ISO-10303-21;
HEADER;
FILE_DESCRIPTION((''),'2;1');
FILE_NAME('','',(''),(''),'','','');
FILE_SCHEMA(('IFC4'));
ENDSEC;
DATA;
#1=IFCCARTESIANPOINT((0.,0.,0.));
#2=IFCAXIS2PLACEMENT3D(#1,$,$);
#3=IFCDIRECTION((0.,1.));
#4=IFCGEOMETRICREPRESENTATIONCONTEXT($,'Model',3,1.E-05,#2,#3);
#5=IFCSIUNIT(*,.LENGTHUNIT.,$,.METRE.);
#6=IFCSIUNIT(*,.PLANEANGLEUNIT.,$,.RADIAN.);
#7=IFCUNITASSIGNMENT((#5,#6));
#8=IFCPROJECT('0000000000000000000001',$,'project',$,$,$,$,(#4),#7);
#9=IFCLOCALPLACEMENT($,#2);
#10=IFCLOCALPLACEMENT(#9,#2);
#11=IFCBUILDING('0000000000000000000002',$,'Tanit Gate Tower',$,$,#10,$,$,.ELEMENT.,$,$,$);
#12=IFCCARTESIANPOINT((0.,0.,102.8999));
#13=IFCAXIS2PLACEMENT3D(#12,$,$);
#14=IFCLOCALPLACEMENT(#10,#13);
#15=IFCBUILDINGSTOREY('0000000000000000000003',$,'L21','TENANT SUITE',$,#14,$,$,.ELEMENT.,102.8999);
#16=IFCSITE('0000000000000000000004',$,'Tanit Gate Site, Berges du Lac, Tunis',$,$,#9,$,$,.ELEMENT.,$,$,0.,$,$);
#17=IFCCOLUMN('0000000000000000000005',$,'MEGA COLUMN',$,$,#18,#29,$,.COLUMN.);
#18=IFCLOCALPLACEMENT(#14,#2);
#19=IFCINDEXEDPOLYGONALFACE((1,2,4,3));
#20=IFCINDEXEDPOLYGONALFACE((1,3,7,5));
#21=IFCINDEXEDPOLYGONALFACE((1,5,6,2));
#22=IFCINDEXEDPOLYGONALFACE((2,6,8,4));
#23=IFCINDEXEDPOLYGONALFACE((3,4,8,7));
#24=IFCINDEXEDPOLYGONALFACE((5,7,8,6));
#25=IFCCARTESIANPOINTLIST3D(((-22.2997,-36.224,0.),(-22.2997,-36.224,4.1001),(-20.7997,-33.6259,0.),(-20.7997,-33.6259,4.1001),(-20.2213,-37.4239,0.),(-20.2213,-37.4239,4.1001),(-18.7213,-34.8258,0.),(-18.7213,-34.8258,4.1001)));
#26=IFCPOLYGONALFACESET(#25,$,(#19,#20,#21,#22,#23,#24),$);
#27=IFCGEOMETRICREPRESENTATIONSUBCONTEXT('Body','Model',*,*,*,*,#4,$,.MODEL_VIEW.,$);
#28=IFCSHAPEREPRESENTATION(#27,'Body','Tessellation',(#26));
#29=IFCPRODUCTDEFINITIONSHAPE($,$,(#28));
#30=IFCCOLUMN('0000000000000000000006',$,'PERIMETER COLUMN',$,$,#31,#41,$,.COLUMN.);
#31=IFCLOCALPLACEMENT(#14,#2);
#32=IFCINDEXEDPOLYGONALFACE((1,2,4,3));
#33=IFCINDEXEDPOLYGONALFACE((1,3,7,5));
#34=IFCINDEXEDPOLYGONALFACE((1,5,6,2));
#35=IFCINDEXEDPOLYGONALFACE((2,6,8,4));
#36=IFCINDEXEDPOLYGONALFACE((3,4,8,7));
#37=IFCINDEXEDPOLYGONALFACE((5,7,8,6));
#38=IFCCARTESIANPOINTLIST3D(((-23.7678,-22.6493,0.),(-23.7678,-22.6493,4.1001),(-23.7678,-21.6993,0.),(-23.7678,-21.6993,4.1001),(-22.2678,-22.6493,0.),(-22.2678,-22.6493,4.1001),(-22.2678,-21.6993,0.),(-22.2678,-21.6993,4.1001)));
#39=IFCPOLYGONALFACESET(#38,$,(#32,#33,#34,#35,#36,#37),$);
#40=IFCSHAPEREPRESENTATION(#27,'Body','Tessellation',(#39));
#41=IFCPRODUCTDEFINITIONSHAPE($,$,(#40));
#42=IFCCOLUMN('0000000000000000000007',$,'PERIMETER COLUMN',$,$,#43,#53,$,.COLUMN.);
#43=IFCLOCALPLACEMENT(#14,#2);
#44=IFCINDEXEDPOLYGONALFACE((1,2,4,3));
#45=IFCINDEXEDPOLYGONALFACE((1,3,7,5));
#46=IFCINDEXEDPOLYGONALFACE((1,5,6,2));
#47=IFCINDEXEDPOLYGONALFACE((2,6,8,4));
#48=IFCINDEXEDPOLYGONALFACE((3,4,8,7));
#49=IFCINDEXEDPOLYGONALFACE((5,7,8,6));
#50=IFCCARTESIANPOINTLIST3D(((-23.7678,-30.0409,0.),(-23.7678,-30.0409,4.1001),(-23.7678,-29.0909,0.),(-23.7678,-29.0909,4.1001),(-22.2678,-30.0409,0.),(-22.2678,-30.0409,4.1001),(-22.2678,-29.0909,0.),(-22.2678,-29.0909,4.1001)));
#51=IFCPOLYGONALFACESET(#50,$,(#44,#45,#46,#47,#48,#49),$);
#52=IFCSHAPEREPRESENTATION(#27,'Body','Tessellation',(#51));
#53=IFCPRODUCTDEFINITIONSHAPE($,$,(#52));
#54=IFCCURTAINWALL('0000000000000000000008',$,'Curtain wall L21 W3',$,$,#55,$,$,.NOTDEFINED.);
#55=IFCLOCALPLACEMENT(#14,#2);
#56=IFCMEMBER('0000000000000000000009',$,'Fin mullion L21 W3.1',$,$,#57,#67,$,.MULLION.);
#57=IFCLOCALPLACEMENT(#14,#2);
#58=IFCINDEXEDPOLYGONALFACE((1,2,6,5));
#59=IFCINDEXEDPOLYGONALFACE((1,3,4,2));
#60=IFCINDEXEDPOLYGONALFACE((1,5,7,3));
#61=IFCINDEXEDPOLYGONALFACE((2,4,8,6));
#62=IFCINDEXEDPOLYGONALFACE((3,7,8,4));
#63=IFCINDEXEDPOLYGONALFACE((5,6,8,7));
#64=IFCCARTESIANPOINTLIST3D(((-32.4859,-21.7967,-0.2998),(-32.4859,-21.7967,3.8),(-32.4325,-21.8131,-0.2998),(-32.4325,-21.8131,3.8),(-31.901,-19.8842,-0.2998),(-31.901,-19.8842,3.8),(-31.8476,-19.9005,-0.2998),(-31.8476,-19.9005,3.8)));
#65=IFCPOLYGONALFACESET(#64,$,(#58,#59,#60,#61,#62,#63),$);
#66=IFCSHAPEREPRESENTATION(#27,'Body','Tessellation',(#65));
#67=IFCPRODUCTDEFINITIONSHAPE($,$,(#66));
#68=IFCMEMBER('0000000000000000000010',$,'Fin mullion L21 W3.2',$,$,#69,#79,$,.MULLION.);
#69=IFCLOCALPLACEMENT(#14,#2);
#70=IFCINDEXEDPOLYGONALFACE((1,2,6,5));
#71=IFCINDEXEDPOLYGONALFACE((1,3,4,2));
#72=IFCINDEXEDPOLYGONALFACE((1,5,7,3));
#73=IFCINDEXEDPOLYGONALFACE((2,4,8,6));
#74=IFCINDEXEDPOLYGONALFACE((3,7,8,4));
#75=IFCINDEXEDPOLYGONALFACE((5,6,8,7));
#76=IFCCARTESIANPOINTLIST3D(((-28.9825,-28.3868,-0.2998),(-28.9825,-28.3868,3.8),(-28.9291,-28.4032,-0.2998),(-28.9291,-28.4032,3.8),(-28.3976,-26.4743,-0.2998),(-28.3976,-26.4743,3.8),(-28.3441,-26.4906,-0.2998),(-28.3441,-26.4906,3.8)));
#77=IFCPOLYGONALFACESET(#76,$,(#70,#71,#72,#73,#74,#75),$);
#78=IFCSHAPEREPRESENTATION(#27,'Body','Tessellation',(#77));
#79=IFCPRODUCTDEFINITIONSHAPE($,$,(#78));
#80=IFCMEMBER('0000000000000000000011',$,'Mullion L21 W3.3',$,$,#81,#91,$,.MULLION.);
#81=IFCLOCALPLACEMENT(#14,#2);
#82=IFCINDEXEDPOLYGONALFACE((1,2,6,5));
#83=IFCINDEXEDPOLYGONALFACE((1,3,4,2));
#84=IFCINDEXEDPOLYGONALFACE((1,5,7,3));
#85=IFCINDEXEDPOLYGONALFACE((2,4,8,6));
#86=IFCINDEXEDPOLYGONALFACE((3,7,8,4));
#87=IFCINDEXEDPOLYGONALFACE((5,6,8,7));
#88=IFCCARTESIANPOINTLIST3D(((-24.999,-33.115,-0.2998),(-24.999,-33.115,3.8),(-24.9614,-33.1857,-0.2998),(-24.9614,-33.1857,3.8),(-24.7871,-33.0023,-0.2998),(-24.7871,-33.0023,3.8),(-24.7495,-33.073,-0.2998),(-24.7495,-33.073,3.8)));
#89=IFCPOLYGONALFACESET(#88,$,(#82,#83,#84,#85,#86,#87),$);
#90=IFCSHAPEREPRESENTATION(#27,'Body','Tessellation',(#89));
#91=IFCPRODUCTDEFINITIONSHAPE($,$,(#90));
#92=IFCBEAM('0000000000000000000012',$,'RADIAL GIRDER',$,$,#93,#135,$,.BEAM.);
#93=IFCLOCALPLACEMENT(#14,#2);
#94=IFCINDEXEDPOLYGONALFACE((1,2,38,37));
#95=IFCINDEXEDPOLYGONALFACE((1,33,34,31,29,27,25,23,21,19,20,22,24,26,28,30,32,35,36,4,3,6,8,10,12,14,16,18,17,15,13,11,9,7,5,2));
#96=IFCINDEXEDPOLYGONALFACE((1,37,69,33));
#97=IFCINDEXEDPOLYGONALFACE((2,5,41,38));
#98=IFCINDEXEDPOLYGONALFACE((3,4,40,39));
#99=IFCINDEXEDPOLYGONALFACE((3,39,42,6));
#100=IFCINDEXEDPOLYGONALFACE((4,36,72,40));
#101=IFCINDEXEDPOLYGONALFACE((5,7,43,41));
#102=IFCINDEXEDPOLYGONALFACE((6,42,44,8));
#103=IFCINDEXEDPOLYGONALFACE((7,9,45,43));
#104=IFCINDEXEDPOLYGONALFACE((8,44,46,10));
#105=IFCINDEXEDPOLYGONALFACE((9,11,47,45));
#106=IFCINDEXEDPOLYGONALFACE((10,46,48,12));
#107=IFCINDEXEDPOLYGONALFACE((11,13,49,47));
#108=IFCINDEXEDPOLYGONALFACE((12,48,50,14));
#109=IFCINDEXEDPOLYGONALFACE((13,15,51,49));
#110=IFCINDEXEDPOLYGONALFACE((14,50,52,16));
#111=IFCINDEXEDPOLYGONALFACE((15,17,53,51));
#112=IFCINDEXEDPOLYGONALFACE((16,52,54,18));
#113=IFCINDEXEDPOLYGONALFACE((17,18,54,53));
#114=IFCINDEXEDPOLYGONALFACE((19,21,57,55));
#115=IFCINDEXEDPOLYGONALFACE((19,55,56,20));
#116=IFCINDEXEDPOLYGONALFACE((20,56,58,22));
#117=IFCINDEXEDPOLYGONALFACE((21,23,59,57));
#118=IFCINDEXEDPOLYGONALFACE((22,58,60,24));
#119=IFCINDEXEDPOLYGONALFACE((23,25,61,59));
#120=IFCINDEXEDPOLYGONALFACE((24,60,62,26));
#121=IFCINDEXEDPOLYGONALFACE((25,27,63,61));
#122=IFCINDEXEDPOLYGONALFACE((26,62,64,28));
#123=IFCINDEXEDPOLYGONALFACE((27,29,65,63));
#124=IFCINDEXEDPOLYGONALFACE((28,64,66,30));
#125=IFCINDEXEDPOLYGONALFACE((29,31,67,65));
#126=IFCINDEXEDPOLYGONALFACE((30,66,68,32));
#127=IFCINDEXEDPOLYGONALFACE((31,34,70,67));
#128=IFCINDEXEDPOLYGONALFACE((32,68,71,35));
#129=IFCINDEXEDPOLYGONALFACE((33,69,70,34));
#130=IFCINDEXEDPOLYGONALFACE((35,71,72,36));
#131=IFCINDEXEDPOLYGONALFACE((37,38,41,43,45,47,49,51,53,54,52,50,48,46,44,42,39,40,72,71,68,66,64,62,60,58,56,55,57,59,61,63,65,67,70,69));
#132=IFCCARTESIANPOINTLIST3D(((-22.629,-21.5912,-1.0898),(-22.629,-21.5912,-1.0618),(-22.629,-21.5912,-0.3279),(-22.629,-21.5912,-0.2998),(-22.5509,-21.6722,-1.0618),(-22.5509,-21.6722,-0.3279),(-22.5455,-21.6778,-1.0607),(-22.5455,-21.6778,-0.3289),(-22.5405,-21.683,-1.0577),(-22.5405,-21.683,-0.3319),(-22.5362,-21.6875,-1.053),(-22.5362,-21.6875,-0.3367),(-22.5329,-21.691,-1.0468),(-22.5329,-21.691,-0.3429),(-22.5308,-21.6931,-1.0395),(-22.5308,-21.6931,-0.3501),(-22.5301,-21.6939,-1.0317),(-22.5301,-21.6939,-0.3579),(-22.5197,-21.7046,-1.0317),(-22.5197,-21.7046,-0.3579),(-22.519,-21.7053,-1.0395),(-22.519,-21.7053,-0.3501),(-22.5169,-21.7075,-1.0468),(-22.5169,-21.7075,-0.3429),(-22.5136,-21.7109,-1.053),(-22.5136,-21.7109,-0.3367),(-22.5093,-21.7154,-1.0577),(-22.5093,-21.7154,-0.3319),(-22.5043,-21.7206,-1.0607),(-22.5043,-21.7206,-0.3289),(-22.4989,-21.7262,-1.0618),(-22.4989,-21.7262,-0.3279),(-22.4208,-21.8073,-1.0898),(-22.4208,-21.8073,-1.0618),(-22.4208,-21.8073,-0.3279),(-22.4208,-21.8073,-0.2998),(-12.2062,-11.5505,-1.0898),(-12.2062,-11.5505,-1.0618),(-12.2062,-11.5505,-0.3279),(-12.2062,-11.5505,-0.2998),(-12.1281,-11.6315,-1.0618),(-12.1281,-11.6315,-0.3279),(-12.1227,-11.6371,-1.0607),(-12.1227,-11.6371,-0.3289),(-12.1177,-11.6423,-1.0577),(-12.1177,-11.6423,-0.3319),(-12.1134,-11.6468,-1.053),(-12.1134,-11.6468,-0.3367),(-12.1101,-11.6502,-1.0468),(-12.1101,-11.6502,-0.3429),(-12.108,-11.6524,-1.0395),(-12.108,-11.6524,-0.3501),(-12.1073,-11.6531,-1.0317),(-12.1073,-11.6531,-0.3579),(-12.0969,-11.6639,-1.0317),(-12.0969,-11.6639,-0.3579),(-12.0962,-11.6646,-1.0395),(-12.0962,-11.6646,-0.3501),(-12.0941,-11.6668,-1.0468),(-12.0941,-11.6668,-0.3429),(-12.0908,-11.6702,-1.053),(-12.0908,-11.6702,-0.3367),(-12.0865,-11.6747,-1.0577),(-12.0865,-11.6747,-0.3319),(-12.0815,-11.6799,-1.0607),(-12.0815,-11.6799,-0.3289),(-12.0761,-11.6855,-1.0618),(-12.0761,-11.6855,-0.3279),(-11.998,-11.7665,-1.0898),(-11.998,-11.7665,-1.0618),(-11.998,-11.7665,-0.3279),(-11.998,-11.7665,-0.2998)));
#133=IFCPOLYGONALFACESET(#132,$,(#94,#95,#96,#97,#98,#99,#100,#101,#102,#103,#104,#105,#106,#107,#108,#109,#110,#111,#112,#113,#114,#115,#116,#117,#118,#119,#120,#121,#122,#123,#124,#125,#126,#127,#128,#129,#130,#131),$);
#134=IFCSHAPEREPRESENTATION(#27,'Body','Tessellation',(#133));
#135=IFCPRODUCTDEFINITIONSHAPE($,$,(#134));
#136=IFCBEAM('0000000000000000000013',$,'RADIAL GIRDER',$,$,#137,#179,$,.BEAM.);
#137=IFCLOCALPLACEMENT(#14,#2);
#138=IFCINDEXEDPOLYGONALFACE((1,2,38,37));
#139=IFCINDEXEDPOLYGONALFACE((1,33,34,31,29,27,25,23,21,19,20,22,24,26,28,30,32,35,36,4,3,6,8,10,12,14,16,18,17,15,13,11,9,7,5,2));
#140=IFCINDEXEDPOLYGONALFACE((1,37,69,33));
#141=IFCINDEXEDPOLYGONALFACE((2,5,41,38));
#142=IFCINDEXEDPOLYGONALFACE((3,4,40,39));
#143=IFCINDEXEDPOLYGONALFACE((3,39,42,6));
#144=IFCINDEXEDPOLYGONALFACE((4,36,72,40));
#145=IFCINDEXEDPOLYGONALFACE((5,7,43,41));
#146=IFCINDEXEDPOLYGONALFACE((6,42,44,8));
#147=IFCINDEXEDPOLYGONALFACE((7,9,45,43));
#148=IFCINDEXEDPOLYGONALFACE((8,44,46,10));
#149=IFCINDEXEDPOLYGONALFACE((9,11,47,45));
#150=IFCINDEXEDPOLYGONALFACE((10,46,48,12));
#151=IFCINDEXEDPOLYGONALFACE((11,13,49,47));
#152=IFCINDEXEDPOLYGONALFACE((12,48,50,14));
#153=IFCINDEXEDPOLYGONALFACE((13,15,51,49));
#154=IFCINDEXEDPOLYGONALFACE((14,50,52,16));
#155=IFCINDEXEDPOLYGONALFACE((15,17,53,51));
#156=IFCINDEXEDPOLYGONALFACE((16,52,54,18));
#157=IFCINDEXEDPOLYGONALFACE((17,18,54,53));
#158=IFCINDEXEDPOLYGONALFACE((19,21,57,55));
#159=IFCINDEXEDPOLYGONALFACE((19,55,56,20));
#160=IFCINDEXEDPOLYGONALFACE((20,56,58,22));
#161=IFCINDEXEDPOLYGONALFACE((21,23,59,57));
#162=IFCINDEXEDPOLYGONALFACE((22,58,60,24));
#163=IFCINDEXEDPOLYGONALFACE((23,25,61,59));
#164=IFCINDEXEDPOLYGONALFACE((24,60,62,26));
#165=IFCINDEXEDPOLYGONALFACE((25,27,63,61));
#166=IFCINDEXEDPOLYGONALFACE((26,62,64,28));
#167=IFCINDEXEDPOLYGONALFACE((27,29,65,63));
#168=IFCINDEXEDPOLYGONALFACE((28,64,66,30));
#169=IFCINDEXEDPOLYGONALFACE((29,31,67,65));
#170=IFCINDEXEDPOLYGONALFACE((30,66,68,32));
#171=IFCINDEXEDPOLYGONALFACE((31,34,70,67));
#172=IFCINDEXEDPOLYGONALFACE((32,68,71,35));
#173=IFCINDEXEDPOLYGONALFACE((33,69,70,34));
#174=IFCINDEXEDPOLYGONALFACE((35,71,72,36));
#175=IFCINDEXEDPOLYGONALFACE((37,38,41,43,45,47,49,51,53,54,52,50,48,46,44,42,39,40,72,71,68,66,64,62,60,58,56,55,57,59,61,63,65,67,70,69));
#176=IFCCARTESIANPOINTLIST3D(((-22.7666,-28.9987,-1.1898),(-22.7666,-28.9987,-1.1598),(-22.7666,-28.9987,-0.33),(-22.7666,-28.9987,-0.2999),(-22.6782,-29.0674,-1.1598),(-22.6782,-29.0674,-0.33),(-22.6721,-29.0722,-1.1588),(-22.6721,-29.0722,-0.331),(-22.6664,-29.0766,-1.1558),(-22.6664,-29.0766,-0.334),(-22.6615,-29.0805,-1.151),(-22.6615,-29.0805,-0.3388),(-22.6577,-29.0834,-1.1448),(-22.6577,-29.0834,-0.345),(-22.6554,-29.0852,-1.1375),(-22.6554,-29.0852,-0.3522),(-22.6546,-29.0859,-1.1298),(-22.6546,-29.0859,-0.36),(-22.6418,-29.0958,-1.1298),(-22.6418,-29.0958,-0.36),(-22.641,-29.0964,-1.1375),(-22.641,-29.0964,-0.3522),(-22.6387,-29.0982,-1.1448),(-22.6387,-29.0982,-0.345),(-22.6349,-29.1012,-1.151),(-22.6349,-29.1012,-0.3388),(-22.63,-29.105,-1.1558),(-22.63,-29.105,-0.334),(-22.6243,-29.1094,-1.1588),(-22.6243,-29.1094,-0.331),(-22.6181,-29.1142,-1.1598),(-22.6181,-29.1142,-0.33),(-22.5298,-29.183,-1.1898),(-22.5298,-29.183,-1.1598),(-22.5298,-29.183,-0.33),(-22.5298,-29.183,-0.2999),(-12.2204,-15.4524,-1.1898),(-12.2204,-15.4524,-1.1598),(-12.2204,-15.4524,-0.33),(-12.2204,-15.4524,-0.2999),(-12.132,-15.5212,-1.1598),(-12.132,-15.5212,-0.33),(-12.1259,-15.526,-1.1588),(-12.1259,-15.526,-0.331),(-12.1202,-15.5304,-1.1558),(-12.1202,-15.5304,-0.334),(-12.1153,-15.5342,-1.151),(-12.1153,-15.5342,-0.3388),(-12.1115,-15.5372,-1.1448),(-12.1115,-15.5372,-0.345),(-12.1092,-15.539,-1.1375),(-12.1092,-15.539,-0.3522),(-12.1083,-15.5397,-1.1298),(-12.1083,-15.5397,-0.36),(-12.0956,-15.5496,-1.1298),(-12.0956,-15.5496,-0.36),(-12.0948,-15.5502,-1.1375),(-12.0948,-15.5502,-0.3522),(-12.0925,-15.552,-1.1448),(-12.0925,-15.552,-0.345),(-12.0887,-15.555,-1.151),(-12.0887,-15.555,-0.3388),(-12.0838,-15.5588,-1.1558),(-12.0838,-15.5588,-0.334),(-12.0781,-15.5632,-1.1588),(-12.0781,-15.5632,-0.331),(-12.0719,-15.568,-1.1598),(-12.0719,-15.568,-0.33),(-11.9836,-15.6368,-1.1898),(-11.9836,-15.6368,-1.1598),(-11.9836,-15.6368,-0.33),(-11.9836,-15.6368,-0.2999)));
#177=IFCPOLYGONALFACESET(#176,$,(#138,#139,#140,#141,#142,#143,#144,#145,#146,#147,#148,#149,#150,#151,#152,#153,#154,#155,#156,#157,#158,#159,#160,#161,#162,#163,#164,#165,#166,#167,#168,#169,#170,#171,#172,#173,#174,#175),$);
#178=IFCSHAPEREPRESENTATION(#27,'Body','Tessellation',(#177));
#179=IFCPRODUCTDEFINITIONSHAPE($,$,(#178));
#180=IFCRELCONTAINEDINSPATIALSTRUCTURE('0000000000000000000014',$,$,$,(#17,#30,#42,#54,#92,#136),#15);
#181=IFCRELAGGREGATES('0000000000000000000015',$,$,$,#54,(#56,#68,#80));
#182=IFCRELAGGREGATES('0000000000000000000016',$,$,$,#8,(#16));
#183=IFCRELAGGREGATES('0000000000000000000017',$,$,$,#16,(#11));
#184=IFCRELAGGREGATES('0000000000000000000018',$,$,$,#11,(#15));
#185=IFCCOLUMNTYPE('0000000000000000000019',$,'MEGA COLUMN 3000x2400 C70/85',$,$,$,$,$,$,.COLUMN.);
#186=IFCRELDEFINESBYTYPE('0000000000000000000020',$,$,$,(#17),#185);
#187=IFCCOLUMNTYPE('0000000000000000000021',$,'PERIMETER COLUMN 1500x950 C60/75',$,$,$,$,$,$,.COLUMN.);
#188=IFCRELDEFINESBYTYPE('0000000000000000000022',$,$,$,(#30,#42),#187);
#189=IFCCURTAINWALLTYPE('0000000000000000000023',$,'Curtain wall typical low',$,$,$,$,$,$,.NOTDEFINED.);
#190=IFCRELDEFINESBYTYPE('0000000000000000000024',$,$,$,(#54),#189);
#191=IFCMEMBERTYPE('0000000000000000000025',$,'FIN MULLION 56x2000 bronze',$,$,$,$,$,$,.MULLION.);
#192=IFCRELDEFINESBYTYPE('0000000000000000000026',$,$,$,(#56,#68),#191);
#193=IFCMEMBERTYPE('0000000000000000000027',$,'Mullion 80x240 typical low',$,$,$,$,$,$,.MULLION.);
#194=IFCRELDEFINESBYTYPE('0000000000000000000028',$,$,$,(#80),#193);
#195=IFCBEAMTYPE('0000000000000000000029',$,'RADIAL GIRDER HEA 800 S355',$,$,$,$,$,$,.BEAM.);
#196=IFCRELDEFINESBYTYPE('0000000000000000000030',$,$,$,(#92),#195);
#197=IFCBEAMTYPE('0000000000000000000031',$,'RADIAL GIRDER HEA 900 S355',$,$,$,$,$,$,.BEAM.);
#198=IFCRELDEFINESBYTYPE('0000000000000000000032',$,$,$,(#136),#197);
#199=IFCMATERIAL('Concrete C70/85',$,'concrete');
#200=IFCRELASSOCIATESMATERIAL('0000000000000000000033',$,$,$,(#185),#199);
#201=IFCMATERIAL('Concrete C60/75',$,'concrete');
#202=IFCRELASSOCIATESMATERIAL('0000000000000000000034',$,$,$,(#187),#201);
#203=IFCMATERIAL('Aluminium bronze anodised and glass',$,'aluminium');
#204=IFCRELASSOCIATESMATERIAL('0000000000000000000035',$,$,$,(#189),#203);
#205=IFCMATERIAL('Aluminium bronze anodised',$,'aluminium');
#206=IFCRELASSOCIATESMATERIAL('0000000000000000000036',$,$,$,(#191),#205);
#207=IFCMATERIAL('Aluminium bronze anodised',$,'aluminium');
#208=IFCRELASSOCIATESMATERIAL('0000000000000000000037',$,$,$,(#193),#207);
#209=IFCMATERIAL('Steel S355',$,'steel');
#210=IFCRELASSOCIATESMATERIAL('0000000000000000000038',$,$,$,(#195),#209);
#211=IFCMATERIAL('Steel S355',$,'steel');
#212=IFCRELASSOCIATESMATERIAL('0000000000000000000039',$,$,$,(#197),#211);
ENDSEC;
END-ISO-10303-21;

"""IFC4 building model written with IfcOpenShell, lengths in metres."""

from ifc_helpers import new_model, si_unit, direction, frame, origin, origin_2d, place, context, subcontext, project, spatial, rectangle, i_section, extrude, material, material_profile, profile_set, type_object, element, aggregate, save


model = new_model("IFC4")

# Units and contexts
model_context = context("Model", 3, precision=1e-05, world=origin(), true_north=direction((0.0, 1.0)))
body_context = subcontext(model_context, "Body", "Model", "MODEL_VIEW")
ifc_project = project(units=[si_unit("LENGTHUNIT", "METRE"), si_unit("PLANEANGLEUNIT", "RADIAN")], contexts=[model_context])

# Site, building, storey
site_placement = place(None, origin())
site = spatial("IfcSite", under=ifc_project, at=site_placement, Name="Tanit Gate Site, Berges du Lac, Tunis", CompositionType="ELEMENT", RefElevation=0.0)
building_placement = place(site_placement, origin())
building = spatial("IfcBuilding", under=site, at=building_placement, Name="Tanit Gate Tower", CompositionType="ELEMENT")
storey_placement = place(building_placement, frame((0.0, 0.0, 102.8999)))
storey = spatial("IfcBuildingStorey", under=building, at=storey_placement, Name="L21", Description="TENANT SUITE", CompositionType="ELEMENT", Elevation=102.8999)

# Columns
ifc_material_1 = material(Name="Concrete C70/85", Category="concrete")
ifc_material_profile_1 = material_profile(ifc_material_1, rectangle(XDim=3.0, YDim=2.3999, at=origin_2d()), Name="RC 3000x2400")
ifc_profile_set_1 = profile_set([ifc_material_profile_1], Name="Concrete C70/85")
column_type_1 = type_object("IfcColumnType", Name="MEGA COLUMN 3000x2400 C70/85", PredefinedType="COLUMN", material=ifc_profile_set_1)
column_placement = place(storey_placement, frame((-20.5105, -35.5249, 0.0), z_axis=(0.0, 0.0, 1.0), x_axis=(-0.5, -0.866025, 0.0)))
element("IfcColumn", 1, at=column_placement, inside=storey, type_object=column_type_1, Name="MEGA COLUMN", PredefinedType="COLUMN", context=body_context, shape_type="SweptSolid", body=[
    extrude(rectangle(XDim=3.0, YDim=2.3999, at=origin_2d()), origin(), (0.0, 0.0, 1.0), 4.1001),
])
ifc_material_2 = material(Name="Concrete C60/75", Category="concrete")
ifc_material_profile_2 = material_profile(ifc_material_2, rectangle(XDim=1.5, YDim=0.95, at=origin_2d()), Name="RC 1500x950")
ifc_profile_set_2 = profile_set([ifc_material_profile_2], Name="Concrete C60/75")
column_type_2 = type_object("IfcColumnType", Name="PERIMETER COLUMN 1500x950 C60/75", PredefinedType="COLUMN", material=ifc_profile_set_2)
for number, where, z_axis, x_axis, name in (
    (2, (-23.0178, -22.1743, 0.0), (0.0, 0.0, 1.0), (-1.0, 0.0, 0.0), "PERIMETER COLUMN"),
    (3, (-23.0178, -29.5659, 0.0), (0.0, 0.0, 1.0), (-1.0, 0.0, 0.0), "PERIMETER COLUMN"),
):
    element("IfcColumn", number, at=place(storey_placement, frame(where, z_axis=z_axis, x_axis=x_axis)), inside=storey, type_object=column_type_2, Name=name, PredefinedType="COLUMN", context=body_context, shape_type="SweptSolid", body=[
        extrude(rectangle(XDim=1.5, YDim=0.95, at=origin_2d()), origin(), (0.0, 0.0, 1.0), 4.1001),
    ])

# Curtain wall, members
ifc_material_3 = material(Name="Aluminium bronze anodised and glass", Category="aluminium")
curtain_wall_type = type_object("IfcCurtainWallType", Name="Curtain wall typical low", PredefinedType="NOTDEFINED", material=ifc_material_3)
curtain_wall_placement = place(storey_placement, origin())
curtain_wall = element("IfcCurtainWall", 4, at=curtain_wall_placement, inside=storey, type_object=curtain_wall_type, Name="Curtain wall L21 W3", PredefinedType="NOTDEFINED")
ifc_material_4 = material(Name="Aluminium bronze anodised", Category="aluminium")
ifc_material_profile_3 = material_profile(ifc_material_4, rectangle(XDim=2.0, YDim=0.0559, at=origin_2d()), Name="56x2000 bronze fin mullion")
ifc_profile_set_3 = profile_set([ifc_material_profile_3], Name="Aluminium bronze anodised")
member_type_1 = type_object("IfcMemberType", Name="FIN MULLION 56x2000 bronze", PredefinedType="MULLION", material=ifc_profile_set_3)
member_1_placement = place(storey_placement, frame((-32.1667, -20.8486, -0.2998), z_axis=(0.0, 0.0, 1.0), x_axis=(0.292454, 0.95628, 0.0)))
member_1 = element("IfcMember", 5, at=member_1_placement, type_object=member_type_1, Name="Fin mullion L21 W3.1", PredefinedType="MULLION", context=body_context, shape_type="SweptSolid", body=[
    extrude(rectangle(XDim=2.0, YDim=0.0559, at=origin_2d()), origin(), (0.0, 0.0, 1.0), 4.0999),
])
member_2_placement = place(storey_placement, frame((-28.6633, -27.4387, -0.2998), z_axis=(0.0, 0.0, 1.0), x_axis=(0.292454, 0.95628, 0.0)))
member_2 = element("IfcMember", 6, at=member_2_placement, type_object=member_type_1, Name="Fin mullion L21 W3.2", PredefinedType="MULLION", context=body_context, shape_type="SweptSolid", body=[
    extrude(rectangle(XDim=2.0, YDim=0.0559, at=origin_2d()), origin(), (0.0, 0.0, 1.0), 4.0999),
])
ifc_material_5 = material(Name="Aluminium bronze anodised", Category="aluminium")
ifc_material_profile_4 = material_profile(ifc_material_5, rectangle(XDim=0.24, YDim=0.0801, at=origin_2d()), Name="80x240 bronze mullion")
ifc_profile_set_4 = profile_set([ifc_material_profile_4], Name="Aluminium bronze anodised")
member_type_2 = type_object("IfcMemberType", Name="Mullion 80x240 typical low", PredefinedType="MULLION", material=ifc_profile_set_4)
member_3_placement = place(storey_placement, frame((-24.8743, -33.094, -0.2998), z_axis=(0.0, 0.0, 1.0), x_axis=(0.882988, 0.469396, 0.0)))
member_3 = element("IfcMember", 7, at=member_3_placement, type_object=member_type_2, Name="Mullion L21 W3.3", PredefinedType="MULLION", context=body_context, shape_type="SweptSolid", body=[
    extrude(rectangle(XDim=0.24, YDim=0.0801, at=origin_2d()), origin(), (0.0, 0.0, 1.0), 4.0999),
])

# Beams
ifc_material_6 = material(Name="Steel S355", Category="steel")
ifc_material_profile_5 = material_profile(ifc_material_6, i_section(OverallWidth=0.3, OverallDepth=0.79, WebThickness=0.0149, FlangeThickness=0.0281, FilletRadius=0.03, at=origin_2d()), Name="HEA 800")
ifc_profile_set_5 = profile_set([ifc_material_profile_5], Name="Steel S355")
beam_type_1 = type_object("IfcBeamType", Name="RADIAL GIRDER HEA 800 S355", PredefinedType="BEAM", material=ifc_profile_set_5)
beam_1_placement = place(storey_placement, frame((-22.5249, -21.6992, -0.6948), z_axis=(0.720184, 0.693783, 0.0), x_axis=(-0.693783, 0.720184, 0.0)))
element("IfcBeam", 8, at=beam_1_placement, inside=storey, type_object=beam_type_1, Name="RADIAL GIRDER", PredefinedType="BEAM", context=body_context, shape_type="SweptSolid", body=[
    extrude(i_section(OverallWidth=0.3, OverallDepth=0.79, WebThickness=0.0149, FlangeThickness=0.0281, FilletRadius=0.03, at=origin_2d()), origin(), (0.0, 0.0, 1.0), 14.4724),
])
ifc_material_7 = material(Name="Steel S355", Category="steel")
ifc_material_profile_6 = material_profile(ifc_material_7, i_section(OverallWidth=0.3, OverallDepth=0.8899, WebThickness=0.0161, FlangeThickness=0.03, FilletRadius=0.03, at=origin_2d()), Name="HEA 900")
ifc_profile_set_6 = profile_set([ifc_material_profile_6], Name="Steel S355")
beam_type_2 = type_object("IfcBeamType", Name="RADIAL GIRDER HEA 900 S355", PredefinedType="BEAM", material=ifc_profile_set_6)
beam_2_placement = place(storey_placement, frame((-22.6482, -29.0908, -0.7449), z_axis=(0.614313, 0.789063, 0.0), x_axis=(-0.789063, 0.614313, 0.0)))
element("IfcBeam", 9, at=beam_2_placement, inside=storey, type_object=beam_type_2, Name="RADIAL GIRDER", PredefinedType="BEAM", context=body_context, shape_type="SweptSolid", body=[
    extrude(i_section(OverallWidth=0.3, OverallDepth=0.8899, WebThickness=0.0161, FlangeThickness=0.03, FilletRadius=0.03, at=origin_2d()), origin(), (0.0, 0.0, 1.0), 17.1675),
])

aggregate(curtain_wall, [member_1, member_2, member_3])

save(model, "model.ifc")
